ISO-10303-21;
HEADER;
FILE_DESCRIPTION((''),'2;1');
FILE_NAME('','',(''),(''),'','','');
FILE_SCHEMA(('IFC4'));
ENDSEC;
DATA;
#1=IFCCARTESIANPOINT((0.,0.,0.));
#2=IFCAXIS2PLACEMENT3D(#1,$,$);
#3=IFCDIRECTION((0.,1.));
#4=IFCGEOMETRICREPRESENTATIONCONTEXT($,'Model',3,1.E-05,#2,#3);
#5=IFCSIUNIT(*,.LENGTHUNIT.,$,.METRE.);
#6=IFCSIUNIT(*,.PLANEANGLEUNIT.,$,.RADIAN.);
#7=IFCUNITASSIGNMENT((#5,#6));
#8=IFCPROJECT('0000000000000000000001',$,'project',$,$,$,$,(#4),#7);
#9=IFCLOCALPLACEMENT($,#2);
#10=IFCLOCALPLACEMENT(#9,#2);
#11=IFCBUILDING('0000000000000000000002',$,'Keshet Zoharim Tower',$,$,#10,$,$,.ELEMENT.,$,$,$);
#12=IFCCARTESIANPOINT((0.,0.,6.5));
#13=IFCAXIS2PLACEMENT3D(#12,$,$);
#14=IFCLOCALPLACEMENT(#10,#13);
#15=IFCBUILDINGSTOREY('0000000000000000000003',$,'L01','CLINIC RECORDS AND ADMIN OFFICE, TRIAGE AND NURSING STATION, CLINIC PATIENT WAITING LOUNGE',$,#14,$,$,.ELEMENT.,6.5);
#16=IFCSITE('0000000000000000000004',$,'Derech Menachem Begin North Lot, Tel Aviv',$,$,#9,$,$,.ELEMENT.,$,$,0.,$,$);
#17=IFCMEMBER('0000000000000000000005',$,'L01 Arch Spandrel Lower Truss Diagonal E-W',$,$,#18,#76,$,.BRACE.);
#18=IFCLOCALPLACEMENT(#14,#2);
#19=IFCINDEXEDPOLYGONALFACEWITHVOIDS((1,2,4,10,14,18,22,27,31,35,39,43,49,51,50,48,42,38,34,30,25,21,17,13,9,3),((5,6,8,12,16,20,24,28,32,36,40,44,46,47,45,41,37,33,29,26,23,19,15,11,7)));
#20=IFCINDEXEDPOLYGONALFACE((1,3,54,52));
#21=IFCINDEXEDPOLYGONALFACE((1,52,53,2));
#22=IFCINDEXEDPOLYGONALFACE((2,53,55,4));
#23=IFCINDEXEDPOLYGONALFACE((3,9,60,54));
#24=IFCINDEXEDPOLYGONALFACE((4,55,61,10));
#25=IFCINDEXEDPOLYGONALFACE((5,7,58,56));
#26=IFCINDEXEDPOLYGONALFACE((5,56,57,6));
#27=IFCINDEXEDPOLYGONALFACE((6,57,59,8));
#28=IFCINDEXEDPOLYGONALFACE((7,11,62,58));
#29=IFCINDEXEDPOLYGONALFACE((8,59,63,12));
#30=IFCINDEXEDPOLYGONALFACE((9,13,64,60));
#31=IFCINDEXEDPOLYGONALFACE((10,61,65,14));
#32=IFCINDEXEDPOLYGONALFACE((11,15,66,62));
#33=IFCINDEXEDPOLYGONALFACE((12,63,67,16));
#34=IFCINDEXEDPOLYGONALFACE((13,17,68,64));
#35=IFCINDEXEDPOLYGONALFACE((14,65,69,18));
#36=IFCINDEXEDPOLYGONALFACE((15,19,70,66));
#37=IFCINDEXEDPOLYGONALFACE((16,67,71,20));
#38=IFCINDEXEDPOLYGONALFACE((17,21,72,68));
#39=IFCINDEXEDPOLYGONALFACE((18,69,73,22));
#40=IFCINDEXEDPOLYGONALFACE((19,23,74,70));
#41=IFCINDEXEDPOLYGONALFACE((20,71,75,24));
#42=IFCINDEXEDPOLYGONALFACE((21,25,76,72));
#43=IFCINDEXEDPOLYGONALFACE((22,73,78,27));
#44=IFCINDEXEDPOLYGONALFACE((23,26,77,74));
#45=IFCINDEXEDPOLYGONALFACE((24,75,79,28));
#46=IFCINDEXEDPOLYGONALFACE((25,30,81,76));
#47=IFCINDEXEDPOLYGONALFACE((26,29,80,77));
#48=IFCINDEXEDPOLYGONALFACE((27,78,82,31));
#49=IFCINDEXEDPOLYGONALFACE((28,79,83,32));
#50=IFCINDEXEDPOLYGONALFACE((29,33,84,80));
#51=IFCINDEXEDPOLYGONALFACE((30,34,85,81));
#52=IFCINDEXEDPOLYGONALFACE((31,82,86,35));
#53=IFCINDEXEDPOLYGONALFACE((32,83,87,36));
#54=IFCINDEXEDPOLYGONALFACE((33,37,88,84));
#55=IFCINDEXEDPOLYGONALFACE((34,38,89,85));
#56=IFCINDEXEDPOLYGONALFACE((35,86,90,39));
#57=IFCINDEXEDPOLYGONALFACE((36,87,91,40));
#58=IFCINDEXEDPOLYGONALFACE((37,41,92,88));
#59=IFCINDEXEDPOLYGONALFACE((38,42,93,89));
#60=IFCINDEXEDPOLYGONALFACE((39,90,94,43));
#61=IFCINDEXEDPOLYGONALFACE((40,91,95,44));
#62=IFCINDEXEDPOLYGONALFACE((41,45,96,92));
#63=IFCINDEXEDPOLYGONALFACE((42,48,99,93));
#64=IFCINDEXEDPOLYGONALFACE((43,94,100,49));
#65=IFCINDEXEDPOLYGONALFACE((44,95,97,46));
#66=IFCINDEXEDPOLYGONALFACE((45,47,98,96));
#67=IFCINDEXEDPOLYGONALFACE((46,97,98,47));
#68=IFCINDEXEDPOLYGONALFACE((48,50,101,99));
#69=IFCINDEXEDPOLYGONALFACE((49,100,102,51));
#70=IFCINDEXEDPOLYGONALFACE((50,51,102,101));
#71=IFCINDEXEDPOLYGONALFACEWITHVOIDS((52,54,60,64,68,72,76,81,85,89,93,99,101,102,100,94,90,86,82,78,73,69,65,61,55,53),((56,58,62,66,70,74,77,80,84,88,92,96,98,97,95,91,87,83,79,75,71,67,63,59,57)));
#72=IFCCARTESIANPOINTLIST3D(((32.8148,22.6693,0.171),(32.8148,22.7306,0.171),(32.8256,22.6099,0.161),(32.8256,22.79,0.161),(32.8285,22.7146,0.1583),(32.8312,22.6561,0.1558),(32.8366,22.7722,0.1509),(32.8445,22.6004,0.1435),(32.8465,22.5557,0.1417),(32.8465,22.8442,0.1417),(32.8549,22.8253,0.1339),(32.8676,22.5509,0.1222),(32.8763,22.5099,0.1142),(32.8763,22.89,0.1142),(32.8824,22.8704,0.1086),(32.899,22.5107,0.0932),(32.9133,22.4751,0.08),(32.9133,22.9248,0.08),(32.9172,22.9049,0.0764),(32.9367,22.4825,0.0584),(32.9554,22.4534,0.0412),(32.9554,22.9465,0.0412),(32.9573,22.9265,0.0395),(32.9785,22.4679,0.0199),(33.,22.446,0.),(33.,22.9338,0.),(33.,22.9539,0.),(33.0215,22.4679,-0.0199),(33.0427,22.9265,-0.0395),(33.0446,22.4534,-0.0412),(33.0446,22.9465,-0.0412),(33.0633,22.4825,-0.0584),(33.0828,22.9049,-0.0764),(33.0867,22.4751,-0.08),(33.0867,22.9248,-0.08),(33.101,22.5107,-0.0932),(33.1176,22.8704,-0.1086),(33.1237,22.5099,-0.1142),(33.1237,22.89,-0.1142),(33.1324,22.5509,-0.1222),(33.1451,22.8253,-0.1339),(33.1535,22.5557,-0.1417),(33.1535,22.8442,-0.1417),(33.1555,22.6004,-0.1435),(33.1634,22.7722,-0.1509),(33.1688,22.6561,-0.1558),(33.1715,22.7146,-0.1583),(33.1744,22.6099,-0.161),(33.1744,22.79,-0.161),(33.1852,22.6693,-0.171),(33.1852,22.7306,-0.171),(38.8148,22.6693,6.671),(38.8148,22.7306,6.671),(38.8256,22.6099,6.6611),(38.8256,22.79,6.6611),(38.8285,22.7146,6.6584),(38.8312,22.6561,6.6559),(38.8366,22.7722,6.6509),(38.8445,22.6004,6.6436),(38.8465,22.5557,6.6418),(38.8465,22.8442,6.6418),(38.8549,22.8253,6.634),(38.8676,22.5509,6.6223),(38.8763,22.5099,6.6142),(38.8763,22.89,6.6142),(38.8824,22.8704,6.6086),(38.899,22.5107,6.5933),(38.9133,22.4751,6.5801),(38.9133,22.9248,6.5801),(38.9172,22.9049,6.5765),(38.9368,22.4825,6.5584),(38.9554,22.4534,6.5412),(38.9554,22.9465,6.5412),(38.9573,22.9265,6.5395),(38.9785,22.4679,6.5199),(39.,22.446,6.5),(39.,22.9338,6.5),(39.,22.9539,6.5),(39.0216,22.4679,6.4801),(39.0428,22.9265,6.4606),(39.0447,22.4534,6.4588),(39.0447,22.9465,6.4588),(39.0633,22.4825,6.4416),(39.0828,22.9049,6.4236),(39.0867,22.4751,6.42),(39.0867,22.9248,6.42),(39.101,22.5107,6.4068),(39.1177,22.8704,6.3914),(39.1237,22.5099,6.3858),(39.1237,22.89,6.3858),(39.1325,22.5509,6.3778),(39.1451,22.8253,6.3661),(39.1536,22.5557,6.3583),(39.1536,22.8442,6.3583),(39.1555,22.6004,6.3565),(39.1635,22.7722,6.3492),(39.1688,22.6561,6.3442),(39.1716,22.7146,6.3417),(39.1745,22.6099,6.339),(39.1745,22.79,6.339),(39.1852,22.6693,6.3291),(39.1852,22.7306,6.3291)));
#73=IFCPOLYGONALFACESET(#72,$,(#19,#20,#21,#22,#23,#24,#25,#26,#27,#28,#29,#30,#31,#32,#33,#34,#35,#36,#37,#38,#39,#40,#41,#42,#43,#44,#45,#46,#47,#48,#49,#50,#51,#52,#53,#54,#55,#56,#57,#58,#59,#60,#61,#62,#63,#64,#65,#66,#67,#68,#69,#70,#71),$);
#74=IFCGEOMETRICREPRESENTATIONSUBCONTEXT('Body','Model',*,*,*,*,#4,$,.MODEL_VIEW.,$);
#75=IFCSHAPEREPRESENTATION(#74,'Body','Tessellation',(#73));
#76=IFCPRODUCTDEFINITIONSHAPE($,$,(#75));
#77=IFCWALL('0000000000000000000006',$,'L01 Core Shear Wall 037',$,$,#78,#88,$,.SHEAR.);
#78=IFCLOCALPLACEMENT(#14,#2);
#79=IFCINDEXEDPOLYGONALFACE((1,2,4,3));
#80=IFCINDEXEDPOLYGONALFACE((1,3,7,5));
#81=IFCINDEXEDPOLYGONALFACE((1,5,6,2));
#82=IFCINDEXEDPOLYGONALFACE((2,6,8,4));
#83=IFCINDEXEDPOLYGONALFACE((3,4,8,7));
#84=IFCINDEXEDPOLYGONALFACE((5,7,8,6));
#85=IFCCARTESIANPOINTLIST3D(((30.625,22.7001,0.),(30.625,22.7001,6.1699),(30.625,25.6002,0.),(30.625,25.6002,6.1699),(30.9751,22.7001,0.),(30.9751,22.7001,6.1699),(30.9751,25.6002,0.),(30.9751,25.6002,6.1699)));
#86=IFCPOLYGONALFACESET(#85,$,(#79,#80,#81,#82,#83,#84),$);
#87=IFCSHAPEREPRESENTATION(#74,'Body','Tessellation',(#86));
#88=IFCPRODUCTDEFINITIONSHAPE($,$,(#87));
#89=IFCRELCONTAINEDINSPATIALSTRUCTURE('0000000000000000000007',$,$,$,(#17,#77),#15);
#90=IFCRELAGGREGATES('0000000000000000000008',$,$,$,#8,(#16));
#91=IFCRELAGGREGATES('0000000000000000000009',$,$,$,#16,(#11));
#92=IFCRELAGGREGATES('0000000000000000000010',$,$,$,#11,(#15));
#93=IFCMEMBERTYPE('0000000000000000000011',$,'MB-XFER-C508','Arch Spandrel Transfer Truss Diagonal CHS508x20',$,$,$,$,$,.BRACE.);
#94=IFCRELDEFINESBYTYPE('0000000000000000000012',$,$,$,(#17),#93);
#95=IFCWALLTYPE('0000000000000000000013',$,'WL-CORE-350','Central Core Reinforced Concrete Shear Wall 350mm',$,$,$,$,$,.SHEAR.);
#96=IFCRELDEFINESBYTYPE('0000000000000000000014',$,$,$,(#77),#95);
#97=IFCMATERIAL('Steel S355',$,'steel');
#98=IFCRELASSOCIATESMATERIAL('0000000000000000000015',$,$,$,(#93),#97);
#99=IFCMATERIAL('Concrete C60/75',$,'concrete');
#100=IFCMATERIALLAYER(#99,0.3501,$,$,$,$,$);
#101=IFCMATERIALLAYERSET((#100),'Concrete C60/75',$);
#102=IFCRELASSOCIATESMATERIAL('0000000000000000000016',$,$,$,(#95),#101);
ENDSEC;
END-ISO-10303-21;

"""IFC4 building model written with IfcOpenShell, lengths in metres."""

from ifc_helpers import new_model, si_unit, direction, frame, frame_2d, origin, origin_2d, place, context, subcontext, project, spatial, rectangle, hollow_circle, extrude, material, layer, layer_set, material_profile, profile_set, type_object, element, save


model = new_model("IFC4")

# Units and contexts
model_context = context("Model", 3, precision=1e-05, world=origin(), true_north=direction((0.0, 1.0)))
body_context = subcontext(model_context, "Body", "Model", "MODEL_VIEW")
ifc_project = project(units=[si_unit("LENGTHUNIT", "METRE"), si_unit("PLANEANGLEUNIT", "RADIAN")], contexts=[model_context])

# Site, building, storey
site_placement = place(None, origin())
site = spatial("IfcSite", under=ifc_project, at=site_placement, Name="Derech Menachem Begin North Lot, Tel Aviv", CompositionType="ELEMENT", RefElevation=0.0)
building_placement = place(site_placement, origin())
building = spatial("IfcBuilding", under=site, at=building_placement, Name="Keshet Zoharim Tower", CompositionType="ELEMENT")
storey_placement = place(building_placement, frame((0.0, 0.0, 6.5)))
storey = spatial("IfcBuildingStorey", under=building, at=storey_placement, Name="L01", Description="CLINIC RECORDS AND ADMIN OFFICE, TRIAGE AND NURSING STATION, CLINIC PATIENT WAITING LOUNGE", CompositionType="ELEMENT", Elevation=6.5)

# Shared definitions
ifc_material_1 = material(Name="Concrete C60/75", Category="concrete")

# Shared definitions
ifc_material_2 = material(Name="Steel S355", Category="steel")

# Member
ifc_material_profile_1 = material_profile(ifc_material_2, hollow_circle(Radius=0.2539, WallThickness=0.02, at=origin_2d()), Name="CHS508x20")
ifc_profile_set_1 = profile_set([ifc_material_profile_1], Name="Steel S355")
member_type = type_object("IfcMemberType", Name="MB-XFER-C508", Description="Arch Spandrel Transfer Truss Diagonal CHS508x20", PredefinedType="BRACE", material=ifc_profile_set_1)
for number, where, z_axis, x_axis, name in (
    (1, (33.0, 22.7, 0.0), (0.67828, 0.0, 0.734803), (0.0, 1.0, 0.0), "L01 Arch Spandrel Lower Truss Diagonal E-W"),
):
    element("IfcMember", number, at=place(storey_placement, frame(where, z_axis=z_axis, x_axis=x_axis)), inside=storey, type_object=member_type, Name=name, PredefinedType="BRACE", context=body_context, shape_type="SweptSolid", body=[
        extrude(hollow_circle(Radius=0.2539, WallThickness=0.02, at=origin_2d()), origin(), (0.0, 0.0, 1.0), 8.8459),
    ])

# Wall
ifc_layer_1 = layer(ifc_material_1, 0.3501)
ifc_layer_set_1 = layer_set([ifc_layer_1], Name="Concrete C60/75")
wall_type_1 = type_object("IfcWallType", Name="WL-CORE-350", Description="Central Core Reinforced Concrete Shear Wall 350mm", PredefinedType="SHEAR", material=ifc_layer_set_1)
wall_1_placement = place(storey_placement, frame((30.8, 22.7, 0.0), z_axis=(0.0, 0.0, 1.0), x_axis=(0.0, 1.0, 0.0)))
element("IfcWall", 2, at=wall_1_placement, inside=storey, type_object=wall_type_1, Name="L01 Core Shear Wall 037", PredefinedType="SHEAR", context=body_context, shape_type="SweptSolid", body=[
    extrude(rectangle(XDim=2.9001, YDim=0.3501, at=frame_2d((1.4502, 0.0))), origin(), (0.0, 0.0, 1.0), 6.1699),
])

save(model, "model.ifc")
